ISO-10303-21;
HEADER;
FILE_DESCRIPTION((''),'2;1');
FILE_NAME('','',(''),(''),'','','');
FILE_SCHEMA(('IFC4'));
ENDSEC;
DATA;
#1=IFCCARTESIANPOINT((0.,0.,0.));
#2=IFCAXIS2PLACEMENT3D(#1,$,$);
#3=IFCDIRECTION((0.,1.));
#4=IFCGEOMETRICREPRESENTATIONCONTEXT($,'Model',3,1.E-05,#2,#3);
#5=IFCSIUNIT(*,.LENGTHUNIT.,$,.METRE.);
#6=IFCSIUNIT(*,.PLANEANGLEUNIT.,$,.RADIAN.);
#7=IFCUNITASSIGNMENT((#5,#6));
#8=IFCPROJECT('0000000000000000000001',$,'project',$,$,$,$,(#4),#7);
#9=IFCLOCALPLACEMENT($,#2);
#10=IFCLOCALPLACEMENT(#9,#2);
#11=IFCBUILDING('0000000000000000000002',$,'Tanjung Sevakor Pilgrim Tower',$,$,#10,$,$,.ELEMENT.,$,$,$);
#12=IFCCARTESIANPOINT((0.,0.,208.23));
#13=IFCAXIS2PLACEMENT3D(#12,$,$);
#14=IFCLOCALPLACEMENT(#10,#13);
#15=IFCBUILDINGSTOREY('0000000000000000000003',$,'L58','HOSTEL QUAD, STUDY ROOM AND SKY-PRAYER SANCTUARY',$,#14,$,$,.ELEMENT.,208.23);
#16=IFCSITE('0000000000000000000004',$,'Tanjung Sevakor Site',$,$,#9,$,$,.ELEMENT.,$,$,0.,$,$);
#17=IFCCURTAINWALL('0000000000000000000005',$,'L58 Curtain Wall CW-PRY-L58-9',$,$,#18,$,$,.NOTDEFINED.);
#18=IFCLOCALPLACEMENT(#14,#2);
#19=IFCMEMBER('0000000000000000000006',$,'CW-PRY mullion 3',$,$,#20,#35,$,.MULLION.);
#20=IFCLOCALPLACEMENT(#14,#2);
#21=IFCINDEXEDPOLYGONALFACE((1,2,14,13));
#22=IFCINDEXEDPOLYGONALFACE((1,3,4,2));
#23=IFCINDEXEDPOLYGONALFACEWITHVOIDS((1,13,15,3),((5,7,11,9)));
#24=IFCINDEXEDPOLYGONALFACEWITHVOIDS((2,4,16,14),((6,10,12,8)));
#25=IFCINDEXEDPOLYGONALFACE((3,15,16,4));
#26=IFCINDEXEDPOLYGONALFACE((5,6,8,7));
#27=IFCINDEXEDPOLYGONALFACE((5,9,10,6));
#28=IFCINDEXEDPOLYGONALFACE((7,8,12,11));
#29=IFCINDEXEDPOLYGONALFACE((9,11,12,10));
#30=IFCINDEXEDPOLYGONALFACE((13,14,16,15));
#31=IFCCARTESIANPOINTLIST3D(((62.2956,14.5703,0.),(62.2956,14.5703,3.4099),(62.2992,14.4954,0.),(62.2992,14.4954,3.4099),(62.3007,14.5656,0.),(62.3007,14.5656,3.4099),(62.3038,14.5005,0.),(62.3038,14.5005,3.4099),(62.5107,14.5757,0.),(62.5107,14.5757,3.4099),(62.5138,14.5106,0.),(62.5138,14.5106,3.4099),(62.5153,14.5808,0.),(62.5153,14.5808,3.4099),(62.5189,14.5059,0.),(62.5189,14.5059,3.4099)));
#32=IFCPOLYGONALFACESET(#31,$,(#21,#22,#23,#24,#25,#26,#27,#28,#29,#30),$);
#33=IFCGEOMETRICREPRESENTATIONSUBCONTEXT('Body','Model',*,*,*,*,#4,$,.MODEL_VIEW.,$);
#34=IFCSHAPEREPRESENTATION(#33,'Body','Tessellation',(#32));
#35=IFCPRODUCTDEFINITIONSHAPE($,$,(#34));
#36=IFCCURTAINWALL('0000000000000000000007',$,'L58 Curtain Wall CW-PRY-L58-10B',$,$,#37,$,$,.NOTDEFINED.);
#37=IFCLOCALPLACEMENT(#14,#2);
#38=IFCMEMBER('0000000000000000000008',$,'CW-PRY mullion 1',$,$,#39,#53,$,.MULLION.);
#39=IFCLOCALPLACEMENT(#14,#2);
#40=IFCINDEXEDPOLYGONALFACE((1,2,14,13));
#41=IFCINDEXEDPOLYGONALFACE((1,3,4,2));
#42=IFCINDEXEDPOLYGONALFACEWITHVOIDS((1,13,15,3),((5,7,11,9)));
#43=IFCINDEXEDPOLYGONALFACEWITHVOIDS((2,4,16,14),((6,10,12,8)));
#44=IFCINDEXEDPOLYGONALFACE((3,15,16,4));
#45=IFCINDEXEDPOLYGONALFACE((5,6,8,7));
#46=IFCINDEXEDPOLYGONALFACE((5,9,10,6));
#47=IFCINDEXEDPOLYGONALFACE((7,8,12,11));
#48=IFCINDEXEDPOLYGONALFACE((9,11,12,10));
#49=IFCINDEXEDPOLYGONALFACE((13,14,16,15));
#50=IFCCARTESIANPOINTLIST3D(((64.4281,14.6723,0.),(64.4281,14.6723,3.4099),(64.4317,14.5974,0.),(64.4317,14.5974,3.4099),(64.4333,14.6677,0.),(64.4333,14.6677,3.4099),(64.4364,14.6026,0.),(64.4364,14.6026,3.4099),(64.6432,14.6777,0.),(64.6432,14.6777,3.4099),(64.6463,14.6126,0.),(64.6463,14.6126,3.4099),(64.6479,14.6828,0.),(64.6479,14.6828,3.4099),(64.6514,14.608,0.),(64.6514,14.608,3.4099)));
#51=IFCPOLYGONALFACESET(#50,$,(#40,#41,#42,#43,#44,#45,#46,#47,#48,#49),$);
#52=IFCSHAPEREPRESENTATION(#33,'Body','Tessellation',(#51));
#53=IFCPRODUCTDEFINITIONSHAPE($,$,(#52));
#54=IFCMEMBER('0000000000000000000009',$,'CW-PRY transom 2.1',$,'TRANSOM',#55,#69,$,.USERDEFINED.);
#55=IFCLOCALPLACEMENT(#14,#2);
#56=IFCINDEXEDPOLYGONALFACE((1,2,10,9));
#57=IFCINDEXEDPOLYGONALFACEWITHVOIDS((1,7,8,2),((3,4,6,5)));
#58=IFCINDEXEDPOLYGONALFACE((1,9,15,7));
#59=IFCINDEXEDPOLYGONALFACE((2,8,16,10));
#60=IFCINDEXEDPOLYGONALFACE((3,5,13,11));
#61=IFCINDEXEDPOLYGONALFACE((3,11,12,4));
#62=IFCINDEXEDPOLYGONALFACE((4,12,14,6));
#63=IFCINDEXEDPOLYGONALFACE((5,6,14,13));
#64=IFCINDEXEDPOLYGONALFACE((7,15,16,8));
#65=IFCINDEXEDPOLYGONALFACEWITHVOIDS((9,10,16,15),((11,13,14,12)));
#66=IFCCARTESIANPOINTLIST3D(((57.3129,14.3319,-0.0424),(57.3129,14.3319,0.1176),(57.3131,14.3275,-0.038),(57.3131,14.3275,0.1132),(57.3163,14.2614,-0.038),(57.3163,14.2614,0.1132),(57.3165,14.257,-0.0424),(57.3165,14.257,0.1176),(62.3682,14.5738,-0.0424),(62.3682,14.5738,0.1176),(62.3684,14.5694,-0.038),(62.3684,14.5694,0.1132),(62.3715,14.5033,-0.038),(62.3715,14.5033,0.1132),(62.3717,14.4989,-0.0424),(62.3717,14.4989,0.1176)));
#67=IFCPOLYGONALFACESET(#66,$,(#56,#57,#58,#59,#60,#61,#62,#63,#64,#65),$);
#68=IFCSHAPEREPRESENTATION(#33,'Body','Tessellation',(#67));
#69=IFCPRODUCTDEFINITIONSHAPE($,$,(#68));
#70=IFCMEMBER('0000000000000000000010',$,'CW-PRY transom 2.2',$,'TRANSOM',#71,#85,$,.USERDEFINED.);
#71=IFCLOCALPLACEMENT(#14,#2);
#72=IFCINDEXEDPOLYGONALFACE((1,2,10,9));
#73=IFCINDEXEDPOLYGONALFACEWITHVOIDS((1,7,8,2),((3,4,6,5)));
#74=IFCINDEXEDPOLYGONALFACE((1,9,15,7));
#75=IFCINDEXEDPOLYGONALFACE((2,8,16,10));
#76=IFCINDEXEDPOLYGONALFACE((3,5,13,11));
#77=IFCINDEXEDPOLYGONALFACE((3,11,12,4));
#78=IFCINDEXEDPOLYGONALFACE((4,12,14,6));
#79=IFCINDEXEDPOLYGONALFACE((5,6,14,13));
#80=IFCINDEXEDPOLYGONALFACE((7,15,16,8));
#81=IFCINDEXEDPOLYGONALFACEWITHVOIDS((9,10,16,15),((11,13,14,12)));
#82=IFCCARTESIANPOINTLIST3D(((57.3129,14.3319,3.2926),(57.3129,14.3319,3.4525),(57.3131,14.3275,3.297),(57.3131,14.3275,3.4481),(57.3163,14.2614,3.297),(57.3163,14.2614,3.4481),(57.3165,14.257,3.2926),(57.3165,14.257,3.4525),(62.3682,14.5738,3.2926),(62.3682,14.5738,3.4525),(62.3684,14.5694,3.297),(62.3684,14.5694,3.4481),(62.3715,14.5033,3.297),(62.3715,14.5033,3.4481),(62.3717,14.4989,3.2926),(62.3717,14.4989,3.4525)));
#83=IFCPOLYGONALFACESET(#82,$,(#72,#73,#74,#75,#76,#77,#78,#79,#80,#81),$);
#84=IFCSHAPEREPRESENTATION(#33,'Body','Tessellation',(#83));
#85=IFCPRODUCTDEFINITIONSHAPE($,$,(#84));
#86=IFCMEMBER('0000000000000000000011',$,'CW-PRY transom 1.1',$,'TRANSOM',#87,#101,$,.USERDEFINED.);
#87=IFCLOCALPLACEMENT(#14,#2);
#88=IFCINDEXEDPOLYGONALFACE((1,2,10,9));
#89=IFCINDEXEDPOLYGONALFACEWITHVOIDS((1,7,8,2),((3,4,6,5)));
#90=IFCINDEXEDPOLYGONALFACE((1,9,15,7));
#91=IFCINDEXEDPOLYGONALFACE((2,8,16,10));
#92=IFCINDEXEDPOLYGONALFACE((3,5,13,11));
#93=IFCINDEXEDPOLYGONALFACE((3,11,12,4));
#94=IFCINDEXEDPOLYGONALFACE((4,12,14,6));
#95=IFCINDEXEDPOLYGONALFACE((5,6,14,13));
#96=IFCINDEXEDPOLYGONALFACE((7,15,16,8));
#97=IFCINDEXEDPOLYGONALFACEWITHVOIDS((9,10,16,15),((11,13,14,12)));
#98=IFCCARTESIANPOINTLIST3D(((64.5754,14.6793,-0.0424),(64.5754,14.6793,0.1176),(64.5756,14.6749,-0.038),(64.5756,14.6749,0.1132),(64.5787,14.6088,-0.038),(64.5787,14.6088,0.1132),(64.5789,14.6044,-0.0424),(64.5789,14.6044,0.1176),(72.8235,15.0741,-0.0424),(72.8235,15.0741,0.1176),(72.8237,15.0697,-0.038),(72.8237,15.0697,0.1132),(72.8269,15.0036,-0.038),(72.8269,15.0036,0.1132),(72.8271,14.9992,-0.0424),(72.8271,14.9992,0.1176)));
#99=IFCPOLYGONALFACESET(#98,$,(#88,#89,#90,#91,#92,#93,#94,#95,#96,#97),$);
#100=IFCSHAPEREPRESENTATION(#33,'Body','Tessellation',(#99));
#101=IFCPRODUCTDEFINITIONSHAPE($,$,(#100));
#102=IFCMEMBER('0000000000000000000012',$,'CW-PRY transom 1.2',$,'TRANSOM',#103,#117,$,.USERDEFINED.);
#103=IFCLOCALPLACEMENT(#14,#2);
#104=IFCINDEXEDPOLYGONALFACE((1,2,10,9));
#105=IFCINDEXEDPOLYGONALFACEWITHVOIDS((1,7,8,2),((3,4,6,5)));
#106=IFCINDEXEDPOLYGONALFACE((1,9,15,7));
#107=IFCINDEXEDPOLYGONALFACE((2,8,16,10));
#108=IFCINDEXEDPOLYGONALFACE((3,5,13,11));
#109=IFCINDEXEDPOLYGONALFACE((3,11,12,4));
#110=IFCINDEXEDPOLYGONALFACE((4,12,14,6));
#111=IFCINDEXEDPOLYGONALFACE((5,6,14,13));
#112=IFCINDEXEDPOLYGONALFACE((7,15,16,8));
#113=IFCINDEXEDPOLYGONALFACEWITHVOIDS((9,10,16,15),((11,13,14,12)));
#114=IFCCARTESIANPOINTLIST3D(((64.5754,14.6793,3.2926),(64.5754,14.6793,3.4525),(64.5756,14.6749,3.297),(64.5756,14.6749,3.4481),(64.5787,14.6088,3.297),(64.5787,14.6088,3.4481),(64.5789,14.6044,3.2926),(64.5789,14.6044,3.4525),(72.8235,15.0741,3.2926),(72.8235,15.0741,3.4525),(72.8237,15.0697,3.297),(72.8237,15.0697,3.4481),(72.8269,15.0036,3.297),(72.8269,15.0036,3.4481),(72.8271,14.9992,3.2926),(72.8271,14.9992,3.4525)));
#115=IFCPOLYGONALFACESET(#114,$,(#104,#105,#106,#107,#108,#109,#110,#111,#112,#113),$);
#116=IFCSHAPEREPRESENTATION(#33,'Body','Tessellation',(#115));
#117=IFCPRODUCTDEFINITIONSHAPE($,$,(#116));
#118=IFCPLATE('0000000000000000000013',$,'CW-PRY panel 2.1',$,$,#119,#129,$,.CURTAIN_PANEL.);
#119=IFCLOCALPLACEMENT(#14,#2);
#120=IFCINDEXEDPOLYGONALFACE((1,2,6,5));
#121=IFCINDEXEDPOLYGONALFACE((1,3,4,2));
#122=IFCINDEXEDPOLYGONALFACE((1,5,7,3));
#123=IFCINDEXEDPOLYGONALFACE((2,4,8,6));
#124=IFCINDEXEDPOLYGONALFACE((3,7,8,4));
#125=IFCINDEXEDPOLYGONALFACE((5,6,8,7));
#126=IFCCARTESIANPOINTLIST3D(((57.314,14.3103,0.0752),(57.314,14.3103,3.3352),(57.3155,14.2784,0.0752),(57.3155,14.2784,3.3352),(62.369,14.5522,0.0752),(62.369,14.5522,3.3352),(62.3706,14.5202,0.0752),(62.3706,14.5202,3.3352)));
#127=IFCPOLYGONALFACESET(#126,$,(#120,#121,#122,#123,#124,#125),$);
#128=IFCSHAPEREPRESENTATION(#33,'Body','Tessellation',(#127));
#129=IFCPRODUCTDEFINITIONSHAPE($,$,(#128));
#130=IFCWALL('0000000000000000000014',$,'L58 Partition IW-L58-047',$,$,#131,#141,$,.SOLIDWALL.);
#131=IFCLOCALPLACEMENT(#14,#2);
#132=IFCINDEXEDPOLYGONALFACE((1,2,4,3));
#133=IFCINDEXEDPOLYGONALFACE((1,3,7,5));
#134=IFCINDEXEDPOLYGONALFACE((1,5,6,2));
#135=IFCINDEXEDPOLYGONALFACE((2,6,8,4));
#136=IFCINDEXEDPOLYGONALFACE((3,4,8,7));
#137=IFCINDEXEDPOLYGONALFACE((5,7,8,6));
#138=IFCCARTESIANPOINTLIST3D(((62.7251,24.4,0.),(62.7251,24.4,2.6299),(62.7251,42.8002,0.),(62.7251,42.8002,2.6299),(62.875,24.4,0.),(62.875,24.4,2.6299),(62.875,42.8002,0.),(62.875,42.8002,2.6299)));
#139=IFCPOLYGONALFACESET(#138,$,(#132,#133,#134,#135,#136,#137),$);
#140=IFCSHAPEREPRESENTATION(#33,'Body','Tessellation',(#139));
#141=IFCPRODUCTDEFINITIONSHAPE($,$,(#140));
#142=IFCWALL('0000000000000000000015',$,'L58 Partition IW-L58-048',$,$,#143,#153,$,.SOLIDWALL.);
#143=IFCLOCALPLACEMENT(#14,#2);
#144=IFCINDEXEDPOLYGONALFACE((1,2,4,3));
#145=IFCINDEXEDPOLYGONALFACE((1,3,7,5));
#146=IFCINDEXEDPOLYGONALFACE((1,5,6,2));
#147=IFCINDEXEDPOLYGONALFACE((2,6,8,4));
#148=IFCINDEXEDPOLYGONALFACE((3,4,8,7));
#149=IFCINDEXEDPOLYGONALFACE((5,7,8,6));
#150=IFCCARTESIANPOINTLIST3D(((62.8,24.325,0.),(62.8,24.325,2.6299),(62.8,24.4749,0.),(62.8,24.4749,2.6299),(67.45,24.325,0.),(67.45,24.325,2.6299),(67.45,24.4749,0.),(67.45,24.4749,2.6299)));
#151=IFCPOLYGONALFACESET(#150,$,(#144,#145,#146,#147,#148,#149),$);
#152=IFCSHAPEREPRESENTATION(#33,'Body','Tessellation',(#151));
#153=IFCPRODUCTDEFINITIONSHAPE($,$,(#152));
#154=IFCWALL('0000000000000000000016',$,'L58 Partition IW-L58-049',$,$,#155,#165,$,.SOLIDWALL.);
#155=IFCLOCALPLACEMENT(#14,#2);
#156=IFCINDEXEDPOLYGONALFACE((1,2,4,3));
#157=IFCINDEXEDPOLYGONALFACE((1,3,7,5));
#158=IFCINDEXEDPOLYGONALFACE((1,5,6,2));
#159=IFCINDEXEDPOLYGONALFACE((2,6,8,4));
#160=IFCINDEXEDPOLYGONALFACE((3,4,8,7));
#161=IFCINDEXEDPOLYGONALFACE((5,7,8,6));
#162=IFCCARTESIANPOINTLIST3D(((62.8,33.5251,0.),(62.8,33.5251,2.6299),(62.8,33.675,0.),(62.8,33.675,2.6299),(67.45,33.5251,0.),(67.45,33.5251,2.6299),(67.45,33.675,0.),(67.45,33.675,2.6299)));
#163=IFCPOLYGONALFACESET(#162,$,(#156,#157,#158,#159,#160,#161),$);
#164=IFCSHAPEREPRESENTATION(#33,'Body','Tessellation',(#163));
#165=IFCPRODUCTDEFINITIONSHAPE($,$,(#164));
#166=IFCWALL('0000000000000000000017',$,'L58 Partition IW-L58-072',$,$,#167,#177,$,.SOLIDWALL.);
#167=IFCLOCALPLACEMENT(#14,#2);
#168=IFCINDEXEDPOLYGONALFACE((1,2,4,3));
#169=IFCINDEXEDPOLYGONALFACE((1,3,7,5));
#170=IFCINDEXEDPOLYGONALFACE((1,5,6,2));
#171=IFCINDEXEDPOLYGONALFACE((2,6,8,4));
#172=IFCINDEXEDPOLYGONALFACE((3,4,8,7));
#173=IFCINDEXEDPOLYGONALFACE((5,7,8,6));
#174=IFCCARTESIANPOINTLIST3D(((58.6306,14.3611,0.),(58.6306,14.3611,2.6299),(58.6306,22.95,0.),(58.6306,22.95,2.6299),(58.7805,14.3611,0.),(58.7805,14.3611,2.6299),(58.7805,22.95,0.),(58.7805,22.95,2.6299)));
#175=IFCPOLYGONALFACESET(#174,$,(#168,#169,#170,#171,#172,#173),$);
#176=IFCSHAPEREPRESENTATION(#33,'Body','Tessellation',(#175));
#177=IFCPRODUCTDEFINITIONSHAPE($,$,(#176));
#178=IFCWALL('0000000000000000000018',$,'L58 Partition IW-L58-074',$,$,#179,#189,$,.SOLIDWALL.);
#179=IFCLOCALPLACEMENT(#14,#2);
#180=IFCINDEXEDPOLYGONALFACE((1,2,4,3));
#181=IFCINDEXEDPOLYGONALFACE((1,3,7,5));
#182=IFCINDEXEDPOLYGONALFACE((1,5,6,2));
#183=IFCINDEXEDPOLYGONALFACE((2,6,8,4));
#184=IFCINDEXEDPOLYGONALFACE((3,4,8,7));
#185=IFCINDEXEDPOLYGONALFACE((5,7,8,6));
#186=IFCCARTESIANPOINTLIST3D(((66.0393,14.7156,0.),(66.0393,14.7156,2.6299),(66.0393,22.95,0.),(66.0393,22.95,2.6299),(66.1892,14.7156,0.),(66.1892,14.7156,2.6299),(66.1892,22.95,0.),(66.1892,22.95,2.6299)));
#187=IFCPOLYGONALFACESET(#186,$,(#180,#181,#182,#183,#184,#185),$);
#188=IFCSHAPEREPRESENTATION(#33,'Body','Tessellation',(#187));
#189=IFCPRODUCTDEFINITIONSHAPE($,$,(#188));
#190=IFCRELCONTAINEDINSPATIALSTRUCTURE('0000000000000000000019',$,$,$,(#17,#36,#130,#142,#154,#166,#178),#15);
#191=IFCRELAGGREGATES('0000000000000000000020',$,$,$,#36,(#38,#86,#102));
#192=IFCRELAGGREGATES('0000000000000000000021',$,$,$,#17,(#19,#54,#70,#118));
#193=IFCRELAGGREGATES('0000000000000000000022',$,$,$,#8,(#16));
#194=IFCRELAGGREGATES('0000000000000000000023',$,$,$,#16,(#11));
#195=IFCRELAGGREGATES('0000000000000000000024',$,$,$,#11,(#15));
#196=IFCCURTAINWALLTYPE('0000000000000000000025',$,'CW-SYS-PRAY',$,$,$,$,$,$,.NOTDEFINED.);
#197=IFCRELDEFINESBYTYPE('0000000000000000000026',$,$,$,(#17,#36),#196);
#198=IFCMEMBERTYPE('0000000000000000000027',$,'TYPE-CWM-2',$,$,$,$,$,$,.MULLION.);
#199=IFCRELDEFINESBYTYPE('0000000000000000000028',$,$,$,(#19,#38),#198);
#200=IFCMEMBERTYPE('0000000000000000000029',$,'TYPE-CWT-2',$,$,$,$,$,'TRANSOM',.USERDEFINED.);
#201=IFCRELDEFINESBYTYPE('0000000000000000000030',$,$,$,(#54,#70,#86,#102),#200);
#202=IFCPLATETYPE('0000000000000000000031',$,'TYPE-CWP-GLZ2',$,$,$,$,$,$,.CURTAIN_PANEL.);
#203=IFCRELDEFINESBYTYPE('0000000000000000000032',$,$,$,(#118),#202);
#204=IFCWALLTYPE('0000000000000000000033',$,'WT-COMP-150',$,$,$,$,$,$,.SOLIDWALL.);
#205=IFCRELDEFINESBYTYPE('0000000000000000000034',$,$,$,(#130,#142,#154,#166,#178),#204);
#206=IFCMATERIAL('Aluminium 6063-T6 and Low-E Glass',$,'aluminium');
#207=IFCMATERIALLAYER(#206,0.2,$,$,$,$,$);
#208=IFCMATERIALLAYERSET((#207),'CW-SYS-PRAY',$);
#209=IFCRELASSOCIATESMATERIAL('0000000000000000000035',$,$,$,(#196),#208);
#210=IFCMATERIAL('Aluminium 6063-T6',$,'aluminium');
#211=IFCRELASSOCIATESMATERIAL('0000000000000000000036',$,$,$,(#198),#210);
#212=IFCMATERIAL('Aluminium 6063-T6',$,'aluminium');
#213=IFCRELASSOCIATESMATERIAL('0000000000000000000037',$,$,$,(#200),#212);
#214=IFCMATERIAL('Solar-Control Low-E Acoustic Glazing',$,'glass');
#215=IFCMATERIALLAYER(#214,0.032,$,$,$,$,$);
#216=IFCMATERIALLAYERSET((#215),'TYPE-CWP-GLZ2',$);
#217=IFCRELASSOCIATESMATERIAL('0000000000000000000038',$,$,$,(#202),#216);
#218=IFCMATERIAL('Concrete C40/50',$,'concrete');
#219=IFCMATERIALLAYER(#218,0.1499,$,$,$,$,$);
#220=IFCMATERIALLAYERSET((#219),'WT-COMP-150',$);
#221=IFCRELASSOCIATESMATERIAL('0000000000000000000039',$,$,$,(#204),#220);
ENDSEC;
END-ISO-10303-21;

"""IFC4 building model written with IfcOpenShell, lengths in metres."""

from ifc_helpers import new_model, si_unit, direction, frame, frame_2d, origin, origin_2d, place, context, subcontext, project, spatial, rectangle, hollow_rectangle, extrude, material, layer, layer_set, material_profile, profile_set, type_object, element, aggregate, save


model = new_model("IFC4")

# Units and contexts
model_context = context("Model", 3, precision=1e-05, world=origin(), true_north=direction((0.0, 1.0)))
body_context = subcontext(model_context, "Body", "Model", "MODEL_VIEW")
ifc_project = project(units=[si_unit("LENGTHUNIT", "METRE"), si_unit("PLANEANGLEUNIT", "RADIAN")], contexts=[model_context])

# Site, building, storey
site_placement = place(None, origin())
site = spatial("IfcSite", under=ifc_project, at=site_placement, Name="Tanjung Sevakor Site", CompositionType="ELEMENT", RefElevation=0.0)
building_placement = place(site_placement, origin())
building = spatial("IfcBuilding", under=site, at=building_placement, Name="Tanjung Sevakor Pilgrim Tower", CompositionType="ELEMENT")
storey_placement = place(building_placement, frame((0.0, 0.0, 208.23)))
storey = spatial("IfcBuildingStorey", under=building, at=storey_placement, Name="L58", Description="HOSTEL QUAD, STUDY ROOM AND SKY-PRAYER SANCTUARY", CompositionType="ELEMENT", Elevation=208.23)

# Curtain wall, member
ifc_material_1 = material(Name="Aluminium 6063-T6 and Low-E Glass", Category="aluminium")
ifc_layer_1 = layer(ifc_material_1, 0.2)
ifc_layer_set_1 = layer_set([ifc_layer_1], Name="CW-SYS-PRAY")
curtain_wall_type = type_object("IfcCurtainWallType", Name="CW-SYS-PRAY", PredefinedType="NOTDEFINED", material=ifc_layer_set_1)
curtain_wall_1_placement = place(storey_placement, origin())
curtain_wall_1 = element("IfcCurtainWall", 1, at=curtain_wall_1_placement, inside=storey, type_object=curtain_wall_type, Name="L58 Curtain Wall CW-PRY-L58-9", PredefinedType="NOTDEFINED")
ifc_material_2 = material(Name="Aluminium 6063-T6", Category="aluminium")
ifc_material_profile_1 = material_profile(ifc_material_2, hollow_rectangle(XDim=0.075, YDim=0.22, WallThickness=0.0049, at=origin_2d()))
ifc_profile_set_1 = profile_set([ifc_material_profile_1], Name="Aluminium 6063-T6")
member_type_1 = type_object("IfcMemberType", Name="TYPE-CWM-2", PredefinedType="MULLION", material=ifc_profile_set_1)
member_1_placement = place(storey_placement, frame((62.4072, 14.5381, 0.0), z_axis=(0.0, 0.0, 1.0), x_axis=(-0.047794, 0.998857, 0.0)))
member_1 = element("IfcMember", 2, at=member_1_placement, type_object=member_type_1, Name="CW-PRY mullion 3", PredefinedType="MULLION", context=body_context, shape_type="SweptSolid", body=[
    extrude(hollow_rectangle(XDim=0.075, YDim=0.22, WallThickness=0.0049, at=origin_2d()), origin(), (0.0, 0.0, 1.0), 3.4099),
])

# Curtain wall, member
curtain_wall_2_placement = place(storey_placement, origin())
curtain_wall_2 = element("IfcCurtainWall", 3, at=curtain_wall_2_placement, inside=storey, type_object=curtain_wall_type, Name="L58 Curtain Wall CW-PRY-L58-10B", PredefinedType="NOTDEFINED")
member_2_placement = place(storey_placement, frame((64.5398, 14.6401, 0.0), z_axis=(0.0, 0.0, 1.0), x_axis=(-0.047792, 0.998857, 0.0)))
member_2 = element("IfcMember", 4, at=member_2_placement, type_object=member_type_1, Name="CW-PRY mullion 1", PredefinedType="MULLION", context=body_context, shape_type="SweptSolid", body=[
    extrude(hollow_rectangle(XDim=0.075, YDim=0.22, WallThickness=0.0049, at=origin_2d()), origin(), (0.0, 0.0, 1.0), 3.4099),
])

# Members
ifc_material_3 = material(Name="Aluminium 6063-T6", Category="aluminium")
ifc_material_profile_2 = material_profile(ifc_material_3, hollow_rectangle(XDim=0.075, YDim=0.1599, WallThickness=0.0044, at=origin_2d()))
ifc_profile_set_2 = profile_set([ifc_material_profile_2], Name="Aluminium 6063-T6")
member_type_2 = type_object("IfcMemberType", Name="TYPE-CWT-2", ElementType="TRANSOM", PredefinedType="USERDEFINED", material=ifc_profile_set_2)
member_3_placement = place(storey_placement, frame((57.3147, 14.2944, 0.0376), z_axis=(0.998857, 0.047806, 0.0), x_axis=(-0.047806, 0.998857, 0.0)))
member_3 = element("IfcMember", 5, at=member_3_placement, type_object=member_type_2, Name="CW-PRY transom 2.1", ObjectType="TRANSOM", PredefinedType="USERDEFINED", context=body_context, shape_type="SweptSolid", body=[
    extrude(hollow_rectangle(XDim=0.075, YDim=0.1599, WallThickness=0.0044, at=origin_2d()), origin(), (0.0, 0.0, 1.0), 5.061),
])
member_4_placement = place(storey_placement, frame((57.3147, 14.2944, 3.3726), z_axis=(0.998857, 0.047806, 0.0), x_axis=(-0.047806, 0.998857, 0.0)))
member_4 = element("IfcMember", 6, at=member_4_placement, type_object=member_type_2, Name="CW-PRY transom 2.2", ObjectType="TRANSOM", PredefinedType="USERDEFINED", context=body_context, shape_type="SweptSolid", body=[
    extrude(hollow_rectangle(XDim=0.075, YDim=0.1599, WallThickness=0.0044, at=origin_2d()), origin(), (0.0, 0.0, 1.0), 5.061),
])
member_5_placement = place(storey_placement, frame((64.5771, 14.6418, 0.0376), z_axis=(0.998857, 0.047808, 0.0), x_axis=(-0.047808, 0.998857, 0.0)))
member_5 = element("IfcMember", 7, at=member_5_placement, type_object=member_type_2, Name="CW-PRY transom 1.1", ObjectType="TRANSOM", PredefinedType="USERDEFINED", context=body_context, shape_type="SweptSolid", body=[
    extrude(hollow_rectangle(XDim=0.075, YDim=0.1599, WallThickness=0.0044, at=origin_2d()), origin(), (0.0, 0.0, 1.0), 8.2576),
])
member_6_placement = place(storey_placement, frame((64.5771, 14.6418, 3.3726), z_axis=(0.998857, 0.047808, 0.0), x_axis=(-0.047808, 0.998857, 0.0)))
member_6 = element("IfcMember", 8, at=member_6_placement, type_object=member_type_2, Name="CW-PRY transom 1.2", ObjectType="TRANSOM", PredefinedType="USERDEFINED", context=body_context, shape_type="SweptSolid", body=[
    extrude(hollow_rectangle(XDim=0.075, YDim=0.1599, WallThickness=0.0044, at=origin_2d()), origin(), (0.0, 0.0, 1.0), 8.2576),
])
aggregate(curtain_wall_2, [member_2, member_5, member_6])

# Plate
ifc_material_4 = material(Name="Solar-Control Low-E Acoustic Glazing", Category="glass")
ifc_layer_2 = layer(ifc_material_4, 0.032)
ifc_layer_set_2 = layer_set([ifc_layer_2], Name="TYPE-CWP-GLZ2")
plate_type = type_object("IfcPlateType", Name="TYPE-CWP-GLZ2", PredefinedType="CURTAIN_PANEL", material=ifc_layer_set_2)
plate_placement = place(storey_placement, frame((59.8423, 14.4153, 0.0752), z_axis=(0.0, 0.0, 1.0), x_axis=(0.998857, 0.047794, 0.0)))
plate = element("IfcPlate", 9, at=plate_placement, type_object=plate_type, Name="CW-PRY panel 2.1", PredefinedType="CURTAIN_PANEL", context=body_context, shape_type="SweptSolid", body=[
    extrude(rectangle(XDim=5.0608, YDim=0.032, at=origin_2d()), origin(), (0.0, 0.0, 1.0), 3.26),
])
aggregate(curtain_wall_1, [member_1, member_3, member_4, plate])

# Walls
ifc_material_5 = material(Name="Concrete C40/50", Category="concrete")
ifc_layer_3 = layer(ifc_material_5, 0.1499)
ifc_layer_set_3 = layer_set([ifc_layer_3], Name="WT-COMP-150")
wall_type_1 = type_object("IfcWallType", Name="WT-COMP-150", PredefinedType="SOLIDWALL", material=ifc_layer_set_3)
wall_1_placement = place(storey_placement, frame((62.8, 24.3999, 0.0), z_axis=(0.0, 0.0, 1.0), x_axis=(0.0, 1.0, 0.0)))
element("IfcWall", 10, at=wall_1_placement, inside=storey, type_object=wall_type_1, Name="L58 Partition IW-L58-047", PredefinedType="SOLIDWALL", context=body_context, shape_type="SweptSolid", body=[
    extrude(rectangle(XDim=18.4001, YDim=0.1499, at=frame_2d((9.2002, 0.0))), origin(), (0.0, 0.0, 1.0), 2.6299),
])
for number, where, z_axis, x_axis, name in (
    (11, (62.8, 24.3999, 0.0), (0.0, 0.0, 1.0), (1.0, 0.0, 0.0), "L58 Partition IW-L58-048"),
    (12, (62.8, 33.6001, 0.0), (0.0, 0.0, 1.0), (1.0, 0.0, 0.0), "L58 Partition IW-L58-049"),
):
    element("IfcWall", number, at=place(storey_placement, frame(where, z_axis=z_axis, x_axis=x_axis)), inside=storey, type_object=wall_type_1, Name=name, PredefinedType="SOLIDWALL", context=body_context, shape_type="SweptSolid", body=[
        extrude(rectangle(XDim=4.6499, YDim=0.1499, at=frame_2d((2.325, 0.0))), origin(), (0.0, 0.0, 1.0), 2.6299),
    ])
wall_2_placement = place(storey_placement, frame((58.7056, 14.3611, 0.0), z_axis=(0.0, 0.0, 1.0), x_axis=(0.0, 1.0, 0.0)))
element("IfcWall", 13, at=wall_2_placement, inside=storey, type_object=wall_type_1, Name="L58 Partition IW-L58-072", PredefinedType="SOLIDWALL", context=body_context, shape_type="SweptSolid", body=[
    extrude(rectangle(XDim=8.5889, YDim=0.1499, at=frame_2d((4.2944, 0.0))), origin(), (0.0, 0.0, 1.0), 2.6299),
])
wall_3_placement = place(storey_placement, frame((66.1143, 14.7156, 0.0), z_axis=(0.0, 0.0, 1.0), x_axis=(0.0, 1.0, 0.0)))
element("IfcWall", 14, at=wall_3_placement, inside=storey, type_object=wall_type_1, Name="L58 Partition IW-L58-074", PredefinedType="SOLIDWALL", context=body_context, shape_type="SweptSolid", body=[
    extrude(rectangle(XDim=8.2344, YDim=0.1499, at=frame_2d((4.1172, 0.0))), origin(), (0.0, 0.0, 1.0), 2.6299),
])

save(model, "model.ifc")
